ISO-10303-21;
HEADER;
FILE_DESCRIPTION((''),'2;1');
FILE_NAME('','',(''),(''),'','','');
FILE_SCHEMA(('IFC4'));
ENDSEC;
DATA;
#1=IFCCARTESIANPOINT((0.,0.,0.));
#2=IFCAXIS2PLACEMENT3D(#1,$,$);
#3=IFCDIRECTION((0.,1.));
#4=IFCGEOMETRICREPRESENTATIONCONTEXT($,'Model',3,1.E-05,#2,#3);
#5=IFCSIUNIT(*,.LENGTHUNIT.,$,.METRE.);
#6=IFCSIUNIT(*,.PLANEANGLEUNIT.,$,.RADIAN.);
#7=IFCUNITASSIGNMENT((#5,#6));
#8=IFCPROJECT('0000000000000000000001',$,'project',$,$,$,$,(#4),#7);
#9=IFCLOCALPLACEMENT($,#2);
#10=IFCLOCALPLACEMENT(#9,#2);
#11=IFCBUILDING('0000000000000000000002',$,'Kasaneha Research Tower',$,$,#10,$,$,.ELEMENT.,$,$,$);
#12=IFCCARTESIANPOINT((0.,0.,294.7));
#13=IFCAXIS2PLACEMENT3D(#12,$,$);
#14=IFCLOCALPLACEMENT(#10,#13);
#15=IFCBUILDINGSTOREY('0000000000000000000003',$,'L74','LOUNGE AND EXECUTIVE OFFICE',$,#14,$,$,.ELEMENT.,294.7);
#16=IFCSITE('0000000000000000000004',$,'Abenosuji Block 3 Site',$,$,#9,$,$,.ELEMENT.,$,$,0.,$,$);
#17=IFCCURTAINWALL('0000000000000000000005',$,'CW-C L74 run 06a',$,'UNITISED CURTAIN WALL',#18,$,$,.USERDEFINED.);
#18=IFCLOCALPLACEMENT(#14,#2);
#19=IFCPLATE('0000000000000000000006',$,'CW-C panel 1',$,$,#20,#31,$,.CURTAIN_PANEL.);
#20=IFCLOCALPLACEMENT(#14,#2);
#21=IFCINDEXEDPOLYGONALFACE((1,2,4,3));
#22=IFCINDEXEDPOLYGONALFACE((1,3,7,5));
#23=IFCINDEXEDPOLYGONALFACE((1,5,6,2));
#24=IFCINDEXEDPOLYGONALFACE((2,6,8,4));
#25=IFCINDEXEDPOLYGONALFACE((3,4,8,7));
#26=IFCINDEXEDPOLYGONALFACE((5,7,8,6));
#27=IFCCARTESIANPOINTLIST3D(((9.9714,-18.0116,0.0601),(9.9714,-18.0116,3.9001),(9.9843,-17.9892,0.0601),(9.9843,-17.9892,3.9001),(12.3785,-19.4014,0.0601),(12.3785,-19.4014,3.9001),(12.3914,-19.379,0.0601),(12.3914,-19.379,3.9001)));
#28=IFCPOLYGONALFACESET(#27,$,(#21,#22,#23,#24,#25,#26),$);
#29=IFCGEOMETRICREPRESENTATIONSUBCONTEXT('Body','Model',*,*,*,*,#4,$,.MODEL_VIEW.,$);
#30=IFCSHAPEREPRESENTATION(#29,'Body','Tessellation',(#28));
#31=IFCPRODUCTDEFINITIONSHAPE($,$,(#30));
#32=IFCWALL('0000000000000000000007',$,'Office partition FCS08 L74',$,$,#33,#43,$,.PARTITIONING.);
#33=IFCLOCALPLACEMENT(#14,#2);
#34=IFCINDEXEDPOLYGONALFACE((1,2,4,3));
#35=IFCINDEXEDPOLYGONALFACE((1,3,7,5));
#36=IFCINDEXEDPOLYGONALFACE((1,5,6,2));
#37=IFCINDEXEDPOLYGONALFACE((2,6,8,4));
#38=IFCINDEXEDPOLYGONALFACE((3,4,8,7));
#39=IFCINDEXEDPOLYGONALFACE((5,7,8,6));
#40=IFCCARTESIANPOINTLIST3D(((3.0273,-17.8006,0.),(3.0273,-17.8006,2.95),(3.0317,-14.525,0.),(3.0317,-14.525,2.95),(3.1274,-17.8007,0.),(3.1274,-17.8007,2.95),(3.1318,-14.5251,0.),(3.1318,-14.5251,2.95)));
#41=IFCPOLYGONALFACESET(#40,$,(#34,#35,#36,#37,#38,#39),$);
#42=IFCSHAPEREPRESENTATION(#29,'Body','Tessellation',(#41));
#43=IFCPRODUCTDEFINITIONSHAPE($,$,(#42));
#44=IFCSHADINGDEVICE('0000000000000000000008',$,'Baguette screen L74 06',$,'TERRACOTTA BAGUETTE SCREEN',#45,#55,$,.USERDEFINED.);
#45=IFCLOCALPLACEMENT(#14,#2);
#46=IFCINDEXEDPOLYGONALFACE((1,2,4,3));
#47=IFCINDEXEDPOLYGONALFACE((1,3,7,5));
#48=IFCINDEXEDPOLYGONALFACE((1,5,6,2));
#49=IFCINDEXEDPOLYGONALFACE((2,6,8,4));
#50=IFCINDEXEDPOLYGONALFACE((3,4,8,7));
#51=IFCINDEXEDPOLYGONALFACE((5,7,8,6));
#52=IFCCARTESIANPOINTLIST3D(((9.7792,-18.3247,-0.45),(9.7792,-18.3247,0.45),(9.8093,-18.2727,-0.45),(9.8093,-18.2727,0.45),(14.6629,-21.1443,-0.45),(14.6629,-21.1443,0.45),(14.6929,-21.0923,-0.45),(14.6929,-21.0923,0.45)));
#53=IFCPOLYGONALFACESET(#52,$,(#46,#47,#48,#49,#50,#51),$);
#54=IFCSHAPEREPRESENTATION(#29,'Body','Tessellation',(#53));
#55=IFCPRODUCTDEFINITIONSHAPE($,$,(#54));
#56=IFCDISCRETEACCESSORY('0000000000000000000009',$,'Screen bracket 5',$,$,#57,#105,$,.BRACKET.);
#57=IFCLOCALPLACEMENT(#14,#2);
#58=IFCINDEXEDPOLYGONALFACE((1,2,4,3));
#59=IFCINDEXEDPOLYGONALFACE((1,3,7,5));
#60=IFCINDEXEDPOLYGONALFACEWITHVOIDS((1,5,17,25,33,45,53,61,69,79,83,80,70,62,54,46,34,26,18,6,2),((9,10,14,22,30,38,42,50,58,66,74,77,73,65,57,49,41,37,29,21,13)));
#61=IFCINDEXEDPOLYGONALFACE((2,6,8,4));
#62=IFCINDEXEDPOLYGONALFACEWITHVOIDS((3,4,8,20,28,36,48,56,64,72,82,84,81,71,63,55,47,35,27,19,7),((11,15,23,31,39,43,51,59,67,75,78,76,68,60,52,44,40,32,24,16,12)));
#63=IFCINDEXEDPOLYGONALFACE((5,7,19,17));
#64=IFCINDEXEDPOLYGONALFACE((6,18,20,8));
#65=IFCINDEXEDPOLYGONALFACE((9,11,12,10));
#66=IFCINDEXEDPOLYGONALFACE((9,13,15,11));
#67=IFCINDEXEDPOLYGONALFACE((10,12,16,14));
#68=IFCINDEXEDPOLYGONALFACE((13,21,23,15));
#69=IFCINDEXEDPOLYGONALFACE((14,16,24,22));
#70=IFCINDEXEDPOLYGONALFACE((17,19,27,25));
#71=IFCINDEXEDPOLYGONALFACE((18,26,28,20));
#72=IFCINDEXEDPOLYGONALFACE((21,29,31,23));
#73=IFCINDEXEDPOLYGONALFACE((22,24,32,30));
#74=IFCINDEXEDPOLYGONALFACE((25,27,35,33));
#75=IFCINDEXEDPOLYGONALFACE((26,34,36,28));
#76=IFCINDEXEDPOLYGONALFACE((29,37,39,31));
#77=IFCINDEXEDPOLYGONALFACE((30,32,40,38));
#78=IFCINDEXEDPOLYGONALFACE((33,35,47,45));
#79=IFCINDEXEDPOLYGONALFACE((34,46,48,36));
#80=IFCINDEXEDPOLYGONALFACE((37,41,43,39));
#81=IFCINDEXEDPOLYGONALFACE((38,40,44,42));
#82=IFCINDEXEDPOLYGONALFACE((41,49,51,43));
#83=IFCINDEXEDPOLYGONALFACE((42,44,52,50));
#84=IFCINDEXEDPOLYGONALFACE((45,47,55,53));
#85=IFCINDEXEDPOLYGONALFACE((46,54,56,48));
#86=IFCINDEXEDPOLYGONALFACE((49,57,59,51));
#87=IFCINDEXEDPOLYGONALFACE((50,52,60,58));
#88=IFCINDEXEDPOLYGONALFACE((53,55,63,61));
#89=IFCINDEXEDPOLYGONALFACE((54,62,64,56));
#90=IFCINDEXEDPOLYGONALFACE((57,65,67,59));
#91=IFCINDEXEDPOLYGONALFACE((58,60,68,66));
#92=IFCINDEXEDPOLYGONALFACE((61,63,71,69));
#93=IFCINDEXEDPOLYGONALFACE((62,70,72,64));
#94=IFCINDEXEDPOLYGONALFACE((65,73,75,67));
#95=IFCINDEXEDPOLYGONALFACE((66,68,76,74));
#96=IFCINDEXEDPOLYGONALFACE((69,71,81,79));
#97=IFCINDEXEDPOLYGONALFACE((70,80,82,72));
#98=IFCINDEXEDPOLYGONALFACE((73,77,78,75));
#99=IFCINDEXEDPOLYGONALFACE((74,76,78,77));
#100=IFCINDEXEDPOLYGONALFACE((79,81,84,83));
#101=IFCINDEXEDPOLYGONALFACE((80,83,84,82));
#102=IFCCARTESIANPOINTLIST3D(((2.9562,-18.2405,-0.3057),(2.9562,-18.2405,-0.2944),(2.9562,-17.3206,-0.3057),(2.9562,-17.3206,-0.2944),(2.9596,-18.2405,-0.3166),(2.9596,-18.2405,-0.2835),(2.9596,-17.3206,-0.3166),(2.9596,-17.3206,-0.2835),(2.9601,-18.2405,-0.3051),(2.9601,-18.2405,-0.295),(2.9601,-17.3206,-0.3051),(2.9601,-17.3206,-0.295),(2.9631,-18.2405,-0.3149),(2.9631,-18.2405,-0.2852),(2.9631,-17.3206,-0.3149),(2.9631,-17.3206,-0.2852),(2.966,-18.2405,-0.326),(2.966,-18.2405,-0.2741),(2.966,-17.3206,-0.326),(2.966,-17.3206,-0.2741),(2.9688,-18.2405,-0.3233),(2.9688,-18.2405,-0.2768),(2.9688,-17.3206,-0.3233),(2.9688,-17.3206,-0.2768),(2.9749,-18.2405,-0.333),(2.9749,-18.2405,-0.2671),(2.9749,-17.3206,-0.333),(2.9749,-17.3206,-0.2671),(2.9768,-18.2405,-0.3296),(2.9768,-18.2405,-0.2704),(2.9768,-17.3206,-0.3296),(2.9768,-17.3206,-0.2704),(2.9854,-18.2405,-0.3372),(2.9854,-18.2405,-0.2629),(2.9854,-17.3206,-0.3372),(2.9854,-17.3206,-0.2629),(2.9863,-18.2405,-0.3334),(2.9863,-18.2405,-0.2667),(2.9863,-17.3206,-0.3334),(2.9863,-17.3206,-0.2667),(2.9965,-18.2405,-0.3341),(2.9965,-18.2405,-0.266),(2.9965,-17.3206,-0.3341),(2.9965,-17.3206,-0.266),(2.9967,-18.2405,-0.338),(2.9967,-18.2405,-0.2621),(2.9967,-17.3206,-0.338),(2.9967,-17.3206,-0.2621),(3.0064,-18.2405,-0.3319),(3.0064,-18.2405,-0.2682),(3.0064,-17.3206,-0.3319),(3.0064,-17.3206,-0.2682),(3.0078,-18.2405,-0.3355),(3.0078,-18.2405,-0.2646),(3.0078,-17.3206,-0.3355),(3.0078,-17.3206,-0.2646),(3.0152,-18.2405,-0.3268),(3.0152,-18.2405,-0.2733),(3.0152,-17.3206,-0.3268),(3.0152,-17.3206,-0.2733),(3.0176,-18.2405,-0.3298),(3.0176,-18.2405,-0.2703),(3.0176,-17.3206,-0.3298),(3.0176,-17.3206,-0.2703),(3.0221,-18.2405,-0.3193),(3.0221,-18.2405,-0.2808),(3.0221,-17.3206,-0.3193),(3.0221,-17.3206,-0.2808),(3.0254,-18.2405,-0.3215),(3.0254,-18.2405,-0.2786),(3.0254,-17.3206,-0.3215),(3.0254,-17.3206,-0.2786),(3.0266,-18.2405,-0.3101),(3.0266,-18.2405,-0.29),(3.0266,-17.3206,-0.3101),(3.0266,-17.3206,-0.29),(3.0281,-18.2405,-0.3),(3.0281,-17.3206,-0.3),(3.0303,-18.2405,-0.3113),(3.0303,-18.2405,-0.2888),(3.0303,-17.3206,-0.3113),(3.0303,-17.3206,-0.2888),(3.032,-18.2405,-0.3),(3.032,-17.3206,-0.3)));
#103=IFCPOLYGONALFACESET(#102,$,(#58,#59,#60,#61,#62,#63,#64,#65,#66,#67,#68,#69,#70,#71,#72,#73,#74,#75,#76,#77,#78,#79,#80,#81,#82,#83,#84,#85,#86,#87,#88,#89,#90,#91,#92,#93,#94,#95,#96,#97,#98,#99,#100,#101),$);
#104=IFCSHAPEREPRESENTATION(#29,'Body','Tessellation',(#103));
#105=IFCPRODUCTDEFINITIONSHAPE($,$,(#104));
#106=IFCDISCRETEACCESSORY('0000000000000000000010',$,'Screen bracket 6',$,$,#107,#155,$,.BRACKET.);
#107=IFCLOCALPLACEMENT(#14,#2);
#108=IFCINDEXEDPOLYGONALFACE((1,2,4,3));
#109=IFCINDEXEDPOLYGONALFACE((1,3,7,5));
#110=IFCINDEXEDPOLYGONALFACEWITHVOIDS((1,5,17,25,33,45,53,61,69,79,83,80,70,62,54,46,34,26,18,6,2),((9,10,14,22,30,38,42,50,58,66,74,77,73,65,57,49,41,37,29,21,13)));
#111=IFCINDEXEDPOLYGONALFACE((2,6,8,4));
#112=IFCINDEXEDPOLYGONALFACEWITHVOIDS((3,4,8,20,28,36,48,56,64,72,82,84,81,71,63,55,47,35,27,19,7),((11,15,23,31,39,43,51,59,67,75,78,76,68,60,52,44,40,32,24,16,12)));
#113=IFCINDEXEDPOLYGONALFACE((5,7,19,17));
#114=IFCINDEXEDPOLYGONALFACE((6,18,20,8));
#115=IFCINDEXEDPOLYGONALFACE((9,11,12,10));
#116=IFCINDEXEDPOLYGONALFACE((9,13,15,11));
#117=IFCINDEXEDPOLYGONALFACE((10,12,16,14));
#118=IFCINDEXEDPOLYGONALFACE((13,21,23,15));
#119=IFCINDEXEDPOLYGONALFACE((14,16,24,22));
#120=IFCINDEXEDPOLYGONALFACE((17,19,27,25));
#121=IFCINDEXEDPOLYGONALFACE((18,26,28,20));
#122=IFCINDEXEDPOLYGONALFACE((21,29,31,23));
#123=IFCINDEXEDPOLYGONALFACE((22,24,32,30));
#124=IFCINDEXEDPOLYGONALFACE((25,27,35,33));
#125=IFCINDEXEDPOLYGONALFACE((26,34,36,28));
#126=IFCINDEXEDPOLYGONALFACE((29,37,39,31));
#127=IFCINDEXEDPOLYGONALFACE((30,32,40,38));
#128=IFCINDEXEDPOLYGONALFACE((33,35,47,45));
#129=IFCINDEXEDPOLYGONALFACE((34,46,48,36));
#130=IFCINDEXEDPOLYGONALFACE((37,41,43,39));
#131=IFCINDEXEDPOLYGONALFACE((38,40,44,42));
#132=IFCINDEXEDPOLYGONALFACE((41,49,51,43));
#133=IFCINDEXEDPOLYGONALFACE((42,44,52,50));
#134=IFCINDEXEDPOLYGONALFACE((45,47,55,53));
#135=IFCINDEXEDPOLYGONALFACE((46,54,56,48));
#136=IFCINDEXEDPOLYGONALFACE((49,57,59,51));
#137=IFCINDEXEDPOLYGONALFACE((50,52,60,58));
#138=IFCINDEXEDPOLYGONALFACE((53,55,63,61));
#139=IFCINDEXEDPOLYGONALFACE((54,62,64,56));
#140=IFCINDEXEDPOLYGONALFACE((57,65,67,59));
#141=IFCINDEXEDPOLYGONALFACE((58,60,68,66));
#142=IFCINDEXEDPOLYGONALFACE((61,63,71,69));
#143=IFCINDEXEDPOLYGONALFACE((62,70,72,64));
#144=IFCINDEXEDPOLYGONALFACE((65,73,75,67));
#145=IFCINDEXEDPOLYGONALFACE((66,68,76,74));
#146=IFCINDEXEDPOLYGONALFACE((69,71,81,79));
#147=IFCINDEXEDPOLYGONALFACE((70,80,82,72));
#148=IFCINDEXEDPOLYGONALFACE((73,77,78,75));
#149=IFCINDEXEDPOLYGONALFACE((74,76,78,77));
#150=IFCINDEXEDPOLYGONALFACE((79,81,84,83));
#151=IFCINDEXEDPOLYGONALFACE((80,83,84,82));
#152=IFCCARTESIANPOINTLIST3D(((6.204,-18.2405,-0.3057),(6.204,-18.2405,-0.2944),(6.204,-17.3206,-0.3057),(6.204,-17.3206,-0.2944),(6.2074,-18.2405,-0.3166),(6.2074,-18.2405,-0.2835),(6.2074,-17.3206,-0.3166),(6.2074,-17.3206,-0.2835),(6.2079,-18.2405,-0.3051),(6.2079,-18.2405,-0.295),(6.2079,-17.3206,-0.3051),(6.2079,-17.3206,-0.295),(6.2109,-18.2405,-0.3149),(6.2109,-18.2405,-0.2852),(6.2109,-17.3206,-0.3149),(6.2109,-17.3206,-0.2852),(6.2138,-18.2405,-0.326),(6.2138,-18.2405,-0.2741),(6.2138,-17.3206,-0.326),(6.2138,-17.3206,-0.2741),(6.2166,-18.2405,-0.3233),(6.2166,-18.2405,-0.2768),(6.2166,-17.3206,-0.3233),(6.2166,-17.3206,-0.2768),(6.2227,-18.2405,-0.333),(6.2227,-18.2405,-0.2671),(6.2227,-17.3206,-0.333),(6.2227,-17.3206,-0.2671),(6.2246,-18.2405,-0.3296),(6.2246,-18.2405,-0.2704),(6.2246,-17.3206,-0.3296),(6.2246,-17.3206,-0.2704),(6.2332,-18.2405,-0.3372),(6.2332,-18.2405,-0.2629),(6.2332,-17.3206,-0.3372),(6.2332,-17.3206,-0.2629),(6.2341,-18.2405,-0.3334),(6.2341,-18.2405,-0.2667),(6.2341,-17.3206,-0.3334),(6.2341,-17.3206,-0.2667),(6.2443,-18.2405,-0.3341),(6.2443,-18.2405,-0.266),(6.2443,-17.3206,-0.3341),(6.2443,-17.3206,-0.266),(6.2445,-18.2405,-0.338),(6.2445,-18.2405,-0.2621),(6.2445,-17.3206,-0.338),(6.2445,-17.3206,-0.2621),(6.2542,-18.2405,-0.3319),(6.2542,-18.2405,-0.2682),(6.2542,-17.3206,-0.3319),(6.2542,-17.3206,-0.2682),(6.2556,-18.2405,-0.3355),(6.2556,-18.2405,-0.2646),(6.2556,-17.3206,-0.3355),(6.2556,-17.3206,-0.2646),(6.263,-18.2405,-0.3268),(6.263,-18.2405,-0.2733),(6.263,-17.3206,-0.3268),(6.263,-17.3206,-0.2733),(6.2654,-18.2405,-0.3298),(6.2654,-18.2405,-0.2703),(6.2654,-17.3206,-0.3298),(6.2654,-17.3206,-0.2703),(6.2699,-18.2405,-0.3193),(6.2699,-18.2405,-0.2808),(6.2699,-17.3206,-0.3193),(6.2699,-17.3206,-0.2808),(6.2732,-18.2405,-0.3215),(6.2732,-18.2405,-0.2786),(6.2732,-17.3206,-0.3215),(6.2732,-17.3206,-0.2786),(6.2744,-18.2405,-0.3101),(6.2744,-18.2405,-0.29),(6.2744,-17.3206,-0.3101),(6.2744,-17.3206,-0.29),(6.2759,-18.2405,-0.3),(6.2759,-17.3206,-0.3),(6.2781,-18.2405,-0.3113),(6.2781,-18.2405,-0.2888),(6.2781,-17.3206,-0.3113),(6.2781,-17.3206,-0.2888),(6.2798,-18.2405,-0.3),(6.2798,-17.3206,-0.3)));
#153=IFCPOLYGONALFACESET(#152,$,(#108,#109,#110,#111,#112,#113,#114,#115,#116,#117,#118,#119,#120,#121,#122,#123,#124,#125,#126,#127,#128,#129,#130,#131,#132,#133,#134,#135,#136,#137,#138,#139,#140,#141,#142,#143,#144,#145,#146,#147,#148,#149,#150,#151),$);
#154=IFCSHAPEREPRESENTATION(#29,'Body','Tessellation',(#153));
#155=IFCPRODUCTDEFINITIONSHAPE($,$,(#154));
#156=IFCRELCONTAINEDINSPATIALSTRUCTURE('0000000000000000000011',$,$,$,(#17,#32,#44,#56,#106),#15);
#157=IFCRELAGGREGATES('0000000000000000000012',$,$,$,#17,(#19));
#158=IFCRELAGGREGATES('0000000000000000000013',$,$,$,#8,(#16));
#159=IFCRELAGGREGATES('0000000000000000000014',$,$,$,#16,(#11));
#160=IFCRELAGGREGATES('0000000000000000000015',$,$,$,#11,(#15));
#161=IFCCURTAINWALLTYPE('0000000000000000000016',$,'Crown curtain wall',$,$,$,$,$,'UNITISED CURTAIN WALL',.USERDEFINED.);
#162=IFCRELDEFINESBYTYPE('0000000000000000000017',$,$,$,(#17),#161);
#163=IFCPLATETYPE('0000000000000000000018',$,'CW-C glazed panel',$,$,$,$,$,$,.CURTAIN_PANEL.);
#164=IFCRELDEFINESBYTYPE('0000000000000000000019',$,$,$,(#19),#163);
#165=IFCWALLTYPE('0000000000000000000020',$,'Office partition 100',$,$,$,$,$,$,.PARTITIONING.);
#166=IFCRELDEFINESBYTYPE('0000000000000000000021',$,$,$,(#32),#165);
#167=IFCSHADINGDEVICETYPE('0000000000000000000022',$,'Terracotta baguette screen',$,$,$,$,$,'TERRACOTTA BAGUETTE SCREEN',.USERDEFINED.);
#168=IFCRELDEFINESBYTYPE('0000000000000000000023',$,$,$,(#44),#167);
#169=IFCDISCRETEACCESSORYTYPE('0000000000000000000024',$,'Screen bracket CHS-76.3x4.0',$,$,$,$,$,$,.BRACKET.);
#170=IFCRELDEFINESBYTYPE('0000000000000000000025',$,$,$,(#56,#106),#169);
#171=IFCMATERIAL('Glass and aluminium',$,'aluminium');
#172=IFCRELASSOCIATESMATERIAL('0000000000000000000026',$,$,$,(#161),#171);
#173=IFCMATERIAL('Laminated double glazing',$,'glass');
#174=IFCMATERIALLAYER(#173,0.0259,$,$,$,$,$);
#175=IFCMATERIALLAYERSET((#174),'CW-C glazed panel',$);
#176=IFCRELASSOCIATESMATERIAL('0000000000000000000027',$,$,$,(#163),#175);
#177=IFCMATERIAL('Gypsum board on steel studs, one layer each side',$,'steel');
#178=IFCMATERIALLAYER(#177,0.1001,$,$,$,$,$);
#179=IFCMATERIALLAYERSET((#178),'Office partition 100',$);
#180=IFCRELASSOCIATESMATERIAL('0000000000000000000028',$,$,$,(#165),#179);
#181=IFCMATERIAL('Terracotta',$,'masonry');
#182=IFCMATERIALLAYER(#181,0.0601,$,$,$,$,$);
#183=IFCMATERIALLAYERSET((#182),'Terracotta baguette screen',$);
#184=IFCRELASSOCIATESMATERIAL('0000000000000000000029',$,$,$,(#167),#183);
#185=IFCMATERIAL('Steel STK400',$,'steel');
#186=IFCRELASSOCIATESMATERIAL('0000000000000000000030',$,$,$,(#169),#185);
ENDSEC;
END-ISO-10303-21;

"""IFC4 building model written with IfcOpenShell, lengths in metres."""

from ifc_helpers import new_model, si_unit, direction, frame, frame_2d, origin, origin_2d, place, context, subcontext, project, spatial, rectangle, hollow_circle, extrude, material, layer, layer_set, material_profile, profile_set, type_object, element, aggregate, save


model = new_model("IFC4")

# Units and contexts
model_context = context("Model", 3, precision=1e-05, world=origin(), true_north=direction((0.0, 1.0)))
body_context = subcontext(model_context, "Body", "Model", "MODEL_VIEW")
ifc_project = project(units=[si_unit("LENGTHUNIT", "METRE"), si_unit("PLANEANGLEUNIT", "RADIAN")], contexts=[model_context])

# Site, building, storey
site_placement = place(None, origin())
site = spatial("IfcSite", under=ifc_project, at=site_placement, Name="Abenosuji Block 3 Site", CompositionType="ELEMENT", RefElevation=0.0)
building_placement = place(site_placement, origin())
building = spatial("IfcBuilding", under=site, at=building_placement, Name="Kasaneha Research Tower", CompositionType="ELEMENT")
storey_placement = place(building_placement, frame((0.0, 0.0, 294.7)))
storey = spatial("IfcBuildingStorey", under=building, at=storey_placement, Name="L74", Description="LOUNGE AND EXECUTIVE OFFICE", CompositionType="ELEMENT", Elevation=294.7)

# Curtain wall
ifc_material_1 = material(Name="Glass and aluminium", Category="aluminium")
curtain_wall_type = type_object("IfcCurtainWallType", Name="Crown curtain wall", ElementType="UNITISED CURTAIN WALL", PredefinedType="USERDEFINED", material=ifc_material_1)
curtain_wall_1_placement = place(storey_placement, origin())
curtain_wall_1 = element("IfcCurtainWall", 1, at=curtain_wall_1_placement, inside=storey, type_object=curtain_wall_type, Name="CW-C L74 run 06a", ObjectType="UNITISED CURTAIN WALL", PredefinedType="USERDEFINED")

# Plate
ifc_material_2 = material(Name="Laminated double glazing", Category="glass")
ifc_layer_1 = layer(ifc_material_2, 0.0259)
ifc_layer_set_1 = layer_set([ifc_layer_1], Name="CW-C glazed panel")
plate_type = type_object("IfcPlateType", Name="CW-C glazed panel", PredefinedType="CURTAIN_PANEL", material=ifc_layer_set_1)
plate_1_placement = place(storey_placement, frame((11.1814, -18.6953, 0.0601), z_axis=(0.0, 0.0, 1.0), x_axis=(0.866025, -0.5, 0.0)))
plate_1 = element("IfcPlate", 2, at=plate_1_placement, type_object=plate_type, Name="CW-C panel 1", PredefinedType="CURTAIN_PANEL", context=body_context, shape_type="SweptSolid", body=[
    extrude(rectangle(XDim=2.7795, YDim=0.0259, at=origin_2d()), origin(), (0.0, 0.0, 1.0), 3.8401),
])
aggregate(curtain_wall_1, [plate_1])

# Wall
ifc_material_3 = material(Name="Gypsum board on steel studs, one layer each side", Category="steel")
ifc_layer_2 = layer(ifc_material_3, 0.1001)
ifc_layer_set_2 = layer_set([ifc_layer_2], Name="Office partition 100")
wall_type = type_object("IfcWallType", Name="Office partition 100", PredefinedType="PARTITIONING", material=ifc_layer_set_2)
wall_placement = place(storey_placement, frame((3.0774, -17.8005, 0.0), z_axis=(0.0, 0.0, 1.0), x_axis=(0.001342, 0.999999, 0.0)))
element("IfcWall", 3, at=wall_placement, inside=storey, type_object=wall_type, Name="Office partition FCS08 L74", PredefinedType="PARTITIONING", context=body_context, shape_type="SweptSolid", body=[
    extrude(rectangle(XDim=3.2756, YDim=0.1001, at=frame_2d((1.6377, 0.0))), origin(), (0.0, 0.0, 1.0), 2.95),
])

# Shading device
ifc_material_4 = material(Name="Terracotta", Category="masonry")
ifc_layer_3 = layer(ifc_material_4, 0.0601)
ifc_layer_set_3 = layer_set([ifc_layer_3], Name="Terracotta baguette screen")
shading_device_type = type_object("IfcShadingDeviceType", Name="Terracotta baguette screen", ElementType="TERRACOTTA BAGUETTE SCREEN", PredefinedType="USERDEFINED", material=ifc_layer_set_3)
shading_device_placement = place(storey_placement, frame((12.2361, -19.7085, -0.45), z_axis=(0.0, 0.0, 1.0), x_axis=(0.866025, -0.5, 0.0)))
element("IfcShadingDevice", 4, at=shading_device_placement, inside=storey, type_object=shading_device_type, Name="Baguette screen L74 06", ObjectType="TERRACOTTA BAGUETTE SCREEN", PredefinedType="USERDEFINED", context=body_context, shape_type="SweptSolid", body=[
    extrude(rectangle(XDim=5.6392, YDim=0.0601, at=origin_2d()), origin(), (0.0, 0.0, 1.0), 0.8999),
])

# Discrete accessories
ifc_material_5 = material(Name="Steel STK400", Category="steel")
ifc_material_profile_1 = material_profile(ifc_material_5, hollow_circle(Radius=0.0381, WallThickness=0.0039, at=origin_2d()), Name="CHS-76.3x4.0")
ifc_profile_set_1 = profile_set([ifc_material_profile_1], Name="Steel STK400")
discrete_accessory_type = type_object("IfcDiscreteAccessoryType", Name="Screen bracket CHS-76.3x4.0", PredefinedType="BRACKET", material=ifc_profile_set_1)
for number, where, z_axis, x_axis, name in (
    (5, (2.9939, -17.3206, -0.3), (0.0, -1.0, 0.0), (1.0, 0.0, 0.0), "Screen bracket 5"),
    (6, (6.2417, -17.3206, -0.3), (0.0, -1.0, 0.0), (1.0, 0.0, 0.0), "Screen bracket 6"),
):
    element("IfcDiscreteAccessory", number, at=place(storey_placement, frame(where, z_axis=z_axis, x_axis=x_axis)), inside=storey, type_object=discrete_accessory_type, Name=name, PredefinedType="BRACKET", context=body_context, shape_type="SweptSolid", body=[
        extrude(hollow_circle(Radius=0.0381, WallThickness=0.0039, at=origin_2d()), origin(), (0.0, 0.0, 1.0), 0.9199),
    ])

save(model, "model.ifc")
